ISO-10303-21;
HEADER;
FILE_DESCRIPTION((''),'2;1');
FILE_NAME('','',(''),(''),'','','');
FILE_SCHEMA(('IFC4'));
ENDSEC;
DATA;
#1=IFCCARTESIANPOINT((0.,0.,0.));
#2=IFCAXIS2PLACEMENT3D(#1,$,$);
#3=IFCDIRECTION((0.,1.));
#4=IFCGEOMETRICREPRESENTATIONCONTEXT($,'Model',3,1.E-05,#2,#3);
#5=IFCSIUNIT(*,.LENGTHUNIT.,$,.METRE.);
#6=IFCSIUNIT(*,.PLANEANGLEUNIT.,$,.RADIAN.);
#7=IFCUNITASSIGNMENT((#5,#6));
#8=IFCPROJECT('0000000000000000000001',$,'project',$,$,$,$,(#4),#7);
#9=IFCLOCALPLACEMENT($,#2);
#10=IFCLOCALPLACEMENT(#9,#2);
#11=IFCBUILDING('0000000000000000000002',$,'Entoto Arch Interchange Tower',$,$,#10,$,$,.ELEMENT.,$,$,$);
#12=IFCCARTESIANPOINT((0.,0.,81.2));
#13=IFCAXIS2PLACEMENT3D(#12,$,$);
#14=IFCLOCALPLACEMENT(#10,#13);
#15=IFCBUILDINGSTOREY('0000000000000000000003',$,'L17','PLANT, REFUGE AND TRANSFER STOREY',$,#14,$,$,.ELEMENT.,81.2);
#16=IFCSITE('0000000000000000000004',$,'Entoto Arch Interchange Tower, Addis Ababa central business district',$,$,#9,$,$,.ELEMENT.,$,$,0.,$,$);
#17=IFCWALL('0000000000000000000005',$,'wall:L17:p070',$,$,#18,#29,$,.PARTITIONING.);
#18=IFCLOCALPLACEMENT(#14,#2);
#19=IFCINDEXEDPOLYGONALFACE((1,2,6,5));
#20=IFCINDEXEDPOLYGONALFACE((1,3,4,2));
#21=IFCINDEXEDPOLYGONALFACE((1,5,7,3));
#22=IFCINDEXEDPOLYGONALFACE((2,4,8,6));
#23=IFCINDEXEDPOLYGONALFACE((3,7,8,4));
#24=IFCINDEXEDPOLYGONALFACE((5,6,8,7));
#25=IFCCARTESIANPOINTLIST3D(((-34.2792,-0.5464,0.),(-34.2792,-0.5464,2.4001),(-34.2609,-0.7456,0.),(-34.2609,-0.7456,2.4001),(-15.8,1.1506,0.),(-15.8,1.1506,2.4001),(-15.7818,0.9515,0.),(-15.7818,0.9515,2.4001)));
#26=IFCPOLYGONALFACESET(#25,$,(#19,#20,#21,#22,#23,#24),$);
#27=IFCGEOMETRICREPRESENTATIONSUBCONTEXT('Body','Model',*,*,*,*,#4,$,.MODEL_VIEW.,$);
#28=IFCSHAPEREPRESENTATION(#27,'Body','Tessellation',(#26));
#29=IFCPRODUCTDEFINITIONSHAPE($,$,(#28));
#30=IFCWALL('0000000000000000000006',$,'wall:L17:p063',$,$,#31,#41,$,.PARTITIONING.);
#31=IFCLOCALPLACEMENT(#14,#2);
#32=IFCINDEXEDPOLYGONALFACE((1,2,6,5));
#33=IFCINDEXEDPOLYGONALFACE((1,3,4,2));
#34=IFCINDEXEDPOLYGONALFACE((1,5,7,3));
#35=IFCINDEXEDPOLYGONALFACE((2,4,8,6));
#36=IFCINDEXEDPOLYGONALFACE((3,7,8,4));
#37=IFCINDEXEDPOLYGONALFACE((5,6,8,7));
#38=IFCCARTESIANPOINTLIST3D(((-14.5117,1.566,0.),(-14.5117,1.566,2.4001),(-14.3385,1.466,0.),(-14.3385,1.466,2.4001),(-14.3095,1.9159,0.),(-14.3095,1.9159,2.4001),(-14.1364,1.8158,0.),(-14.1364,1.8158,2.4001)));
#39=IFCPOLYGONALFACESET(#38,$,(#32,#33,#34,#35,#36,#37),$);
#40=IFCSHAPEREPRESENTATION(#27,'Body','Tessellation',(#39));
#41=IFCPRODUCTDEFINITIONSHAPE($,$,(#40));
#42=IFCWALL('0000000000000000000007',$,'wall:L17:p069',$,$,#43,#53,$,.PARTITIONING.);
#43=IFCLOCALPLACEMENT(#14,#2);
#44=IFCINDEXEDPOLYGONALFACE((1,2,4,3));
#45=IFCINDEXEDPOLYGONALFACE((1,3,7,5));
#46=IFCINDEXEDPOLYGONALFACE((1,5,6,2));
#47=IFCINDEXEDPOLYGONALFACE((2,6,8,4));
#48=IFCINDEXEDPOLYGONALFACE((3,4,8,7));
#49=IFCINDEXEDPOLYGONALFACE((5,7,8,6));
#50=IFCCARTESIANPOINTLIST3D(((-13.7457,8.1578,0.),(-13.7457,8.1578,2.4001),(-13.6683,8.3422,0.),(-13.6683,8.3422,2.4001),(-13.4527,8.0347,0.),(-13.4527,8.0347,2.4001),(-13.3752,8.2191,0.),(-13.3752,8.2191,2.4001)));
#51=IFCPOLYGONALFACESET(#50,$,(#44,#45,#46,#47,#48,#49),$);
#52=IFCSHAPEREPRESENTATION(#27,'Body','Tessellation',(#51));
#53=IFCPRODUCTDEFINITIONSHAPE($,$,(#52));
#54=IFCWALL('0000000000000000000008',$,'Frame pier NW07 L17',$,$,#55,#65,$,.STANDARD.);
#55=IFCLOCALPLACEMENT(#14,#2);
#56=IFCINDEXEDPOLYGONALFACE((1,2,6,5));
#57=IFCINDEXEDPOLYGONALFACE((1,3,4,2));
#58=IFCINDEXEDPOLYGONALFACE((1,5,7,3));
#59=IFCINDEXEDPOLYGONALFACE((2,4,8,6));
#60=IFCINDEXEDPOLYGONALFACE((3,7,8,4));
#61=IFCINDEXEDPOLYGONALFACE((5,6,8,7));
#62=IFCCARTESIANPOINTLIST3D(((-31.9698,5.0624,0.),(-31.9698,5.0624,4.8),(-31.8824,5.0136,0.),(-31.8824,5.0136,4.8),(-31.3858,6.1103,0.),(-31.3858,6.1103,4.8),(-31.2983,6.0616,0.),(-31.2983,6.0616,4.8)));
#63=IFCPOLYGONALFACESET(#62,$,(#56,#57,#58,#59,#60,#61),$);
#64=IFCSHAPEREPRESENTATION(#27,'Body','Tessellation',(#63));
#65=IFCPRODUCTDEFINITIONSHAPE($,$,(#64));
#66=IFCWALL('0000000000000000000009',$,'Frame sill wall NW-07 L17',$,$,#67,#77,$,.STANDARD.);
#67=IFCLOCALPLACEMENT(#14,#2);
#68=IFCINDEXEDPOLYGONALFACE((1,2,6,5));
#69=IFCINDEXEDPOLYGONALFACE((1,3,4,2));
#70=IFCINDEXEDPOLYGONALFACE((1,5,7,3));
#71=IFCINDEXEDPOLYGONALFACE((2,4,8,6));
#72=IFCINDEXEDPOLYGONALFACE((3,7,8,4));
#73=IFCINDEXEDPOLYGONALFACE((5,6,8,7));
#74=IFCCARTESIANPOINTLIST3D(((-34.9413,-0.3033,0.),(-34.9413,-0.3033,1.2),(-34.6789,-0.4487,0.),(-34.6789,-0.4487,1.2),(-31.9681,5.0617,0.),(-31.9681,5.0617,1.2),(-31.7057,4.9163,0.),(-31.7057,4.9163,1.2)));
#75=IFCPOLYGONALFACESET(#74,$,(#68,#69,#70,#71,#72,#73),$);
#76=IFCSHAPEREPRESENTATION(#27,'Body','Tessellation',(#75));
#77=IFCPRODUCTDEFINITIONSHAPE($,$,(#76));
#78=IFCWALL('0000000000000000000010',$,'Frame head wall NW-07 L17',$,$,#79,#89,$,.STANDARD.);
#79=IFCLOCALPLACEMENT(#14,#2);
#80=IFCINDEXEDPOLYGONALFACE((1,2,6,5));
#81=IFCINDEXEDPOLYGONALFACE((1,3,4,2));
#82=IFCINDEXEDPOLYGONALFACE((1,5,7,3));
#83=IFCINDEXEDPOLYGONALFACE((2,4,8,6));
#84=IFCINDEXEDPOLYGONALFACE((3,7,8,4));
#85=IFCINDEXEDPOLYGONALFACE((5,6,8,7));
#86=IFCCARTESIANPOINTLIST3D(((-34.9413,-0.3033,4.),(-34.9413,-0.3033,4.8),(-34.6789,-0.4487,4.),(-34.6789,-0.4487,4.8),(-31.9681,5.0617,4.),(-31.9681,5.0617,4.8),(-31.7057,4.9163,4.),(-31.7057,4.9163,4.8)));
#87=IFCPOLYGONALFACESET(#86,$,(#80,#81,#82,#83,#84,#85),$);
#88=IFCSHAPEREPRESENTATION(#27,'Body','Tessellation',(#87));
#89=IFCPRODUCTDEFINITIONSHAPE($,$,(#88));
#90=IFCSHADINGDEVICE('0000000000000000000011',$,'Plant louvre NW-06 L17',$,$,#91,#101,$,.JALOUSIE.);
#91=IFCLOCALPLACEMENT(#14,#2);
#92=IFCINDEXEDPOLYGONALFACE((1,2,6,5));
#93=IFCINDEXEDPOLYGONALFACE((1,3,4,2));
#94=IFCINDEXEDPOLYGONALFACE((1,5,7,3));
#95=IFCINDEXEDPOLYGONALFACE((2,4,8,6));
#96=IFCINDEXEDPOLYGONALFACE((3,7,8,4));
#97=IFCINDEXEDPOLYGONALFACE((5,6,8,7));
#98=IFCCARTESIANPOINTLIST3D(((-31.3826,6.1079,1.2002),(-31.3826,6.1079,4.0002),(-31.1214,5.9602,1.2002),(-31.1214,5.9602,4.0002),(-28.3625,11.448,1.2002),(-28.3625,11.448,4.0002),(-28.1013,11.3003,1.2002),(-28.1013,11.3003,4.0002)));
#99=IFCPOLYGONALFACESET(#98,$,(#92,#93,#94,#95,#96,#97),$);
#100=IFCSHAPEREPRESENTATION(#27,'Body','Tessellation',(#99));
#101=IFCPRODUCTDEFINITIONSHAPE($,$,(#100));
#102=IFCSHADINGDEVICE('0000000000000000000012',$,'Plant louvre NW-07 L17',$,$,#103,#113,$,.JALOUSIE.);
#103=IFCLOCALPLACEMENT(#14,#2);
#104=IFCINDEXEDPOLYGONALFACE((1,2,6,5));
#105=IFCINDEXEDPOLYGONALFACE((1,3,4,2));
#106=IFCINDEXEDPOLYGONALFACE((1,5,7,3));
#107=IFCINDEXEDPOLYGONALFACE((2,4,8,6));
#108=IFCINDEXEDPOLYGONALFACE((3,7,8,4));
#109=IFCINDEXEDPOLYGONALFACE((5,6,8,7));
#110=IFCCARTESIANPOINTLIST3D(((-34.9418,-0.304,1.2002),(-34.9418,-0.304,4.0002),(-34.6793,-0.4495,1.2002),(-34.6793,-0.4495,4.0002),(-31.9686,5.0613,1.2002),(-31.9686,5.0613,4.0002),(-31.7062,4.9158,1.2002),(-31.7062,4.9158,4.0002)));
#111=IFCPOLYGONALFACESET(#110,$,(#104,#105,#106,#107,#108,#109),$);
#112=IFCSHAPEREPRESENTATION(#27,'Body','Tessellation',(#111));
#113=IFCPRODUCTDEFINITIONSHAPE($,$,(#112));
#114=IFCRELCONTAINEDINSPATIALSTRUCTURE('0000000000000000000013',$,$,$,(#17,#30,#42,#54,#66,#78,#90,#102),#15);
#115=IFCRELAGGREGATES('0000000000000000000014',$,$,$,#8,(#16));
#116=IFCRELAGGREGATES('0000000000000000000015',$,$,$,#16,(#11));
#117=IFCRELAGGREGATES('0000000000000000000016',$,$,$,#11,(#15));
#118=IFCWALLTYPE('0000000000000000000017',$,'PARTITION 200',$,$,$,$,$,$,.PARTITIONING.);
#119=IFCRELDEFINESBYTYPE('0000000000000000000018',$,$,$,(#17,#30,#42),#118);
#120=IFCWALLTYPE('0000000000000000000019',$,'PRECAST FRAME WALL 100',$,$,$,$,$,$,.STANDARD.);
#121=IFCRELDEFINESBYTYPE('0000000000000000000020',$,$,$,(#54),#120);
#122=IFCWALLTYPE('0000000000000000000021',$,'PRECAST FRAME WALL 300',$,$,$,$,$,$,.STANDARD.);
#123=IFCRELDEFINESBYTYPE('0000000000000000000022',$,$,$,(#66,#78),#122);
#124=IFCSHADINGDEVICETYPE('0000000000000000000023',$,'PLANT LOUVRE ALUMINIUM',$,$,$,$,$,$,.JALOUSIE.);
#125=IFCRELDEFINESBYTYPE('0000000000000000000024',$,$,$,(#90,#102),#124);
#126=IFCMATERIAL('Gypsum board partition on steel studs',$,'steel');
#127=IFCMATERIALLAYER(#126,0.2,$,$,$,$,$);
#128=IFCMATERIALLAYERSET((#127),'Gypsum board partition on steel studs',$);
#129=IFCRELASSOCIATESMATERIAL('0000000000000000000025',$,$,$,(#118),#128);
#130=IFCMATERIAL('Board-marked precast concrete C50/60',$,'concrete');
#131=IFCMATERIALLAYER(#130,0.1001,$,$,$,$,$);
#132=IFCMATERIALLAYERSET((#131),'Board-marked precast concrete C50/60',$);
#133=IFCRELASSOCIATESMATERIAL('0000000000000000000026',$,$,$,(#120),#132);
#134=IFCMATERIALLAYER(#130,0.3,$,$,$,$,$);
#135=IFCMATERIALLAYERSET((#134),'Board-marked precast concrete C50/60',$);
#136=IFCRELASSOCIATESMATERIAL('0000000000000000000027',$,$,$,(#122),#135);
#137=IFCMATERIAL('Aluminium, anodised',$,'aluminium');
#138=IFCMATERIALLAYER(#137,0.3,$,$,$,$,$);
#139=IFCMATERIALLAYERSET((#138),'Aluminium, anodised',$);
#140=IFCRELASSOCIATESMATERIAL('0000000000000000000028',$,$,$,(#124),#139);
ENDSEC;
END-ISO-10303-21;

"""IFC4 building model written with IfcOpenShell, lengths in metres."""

from ifc_helpers import new_model, si_unit, direction, frame, frame_2d, origin, origin_2d, place, context, subcontext, project, spatial, rectangle, extrude, material, layer, layer_set, type_object, element, save


model = new_model("IFC4")

# Units and contexts
model_context = context("Model", 3, precision=1e-05, world=origin(), true_north=direction((0.0, 1.0)))
body_context = subcontext(model_context, "Body", "Model", "MODEL_VIEW")
ifc_project = project(units=[si_unit("LENGTHUNIT", "METRE"), si_unit("PLANEANGLEUNIT", "RADIAN")], contexts=[model_context])

# Site, building, storey
site_placement = place(None, origin())
site = spatial("IfcSite", under=ifc_project, at=site_placement, Name="Entoto Arch Interchange Tower, Addis Ababa central business district", CompositionType="ELEMENT", RefElevation=0.0)
building_placement = place(site_placement, origin())
building = spatial("IfcBuilding", under=site, at=building_placement, Name="Entoto Arch Interchange Tower", CompositionType="ELEMENT")
storey_placement = place(building_placement, frame((0.0, 0.0, 81.2)))
storey = spatial("IfcBuildingStorey", under=building, at=storey_placement, Name="L17", Description="PLANT, REFUGE AND TRANSFER STOREY", CompositionType="ELEMENT", Elevation=81.2)

# Shared definitions
ifc_material_1 = material(Name="Gypsum board partition on steel studs", Category="steel")
ifc_layer_1 = layer(ifc_material_1, 0.2)
ifc_layer_set_1 = layer_set([ifc_layer_1], Name="Gypsum board partition on steel studs")
wall_type_1 = type_object("IfcWallType", Name="PARTITION 200", PredefinedType="PARTITIONING", material=ifc_layer_set_1)

# Walls
wall_1_placement = place(storey_placement, frame((-15.791, 1.051, 0.0), z_axis=(0.0, 0.0, 1.0), x_axis=(-0.99581, -0.09145, 0.0)))
element("IfcWall", 1, at=wall_1_placement, inside=storey, type_object=wall_type_1, Name="wall:L17:p070", PredefinedType="PARTITIONING", context=body_context, shape_type="SweptSolid", body=[
    extrude(rectangle(XDim=18.5569, YDim=0.2, at=frame_2d((9.2783, 0.0))), origin(), (0.0, 0.0, 1.0), 2.4001),
])
wall_2_placement = place(storey_placement, frame((-14.2229, 1.866, 0.0), z_axis=(0.0, 0.0, 1.0), x_axis=(-0.500298, -0.865853, 0.0)))
element("IfcWall", 2, at=wall_2_placement, inside=storey, type_object=wall_type_1, Name="wall:L17:p063", PredefinedType="PARTITIONING", context=body_context, shape_type="SweptSolid", body=[
    extrude(rectangle(XDim=0.4041, YDim=0.2, at=frame_2d((0.2021, 0.0))), origin(), (0.0, 0.0, 1.0), 2.4001),
])
wall_3_placement = place(storey_placement, frame((-13.707, 8.25, 0.0), z_axis=(0.0, 0.0, 1.0), x_axis=(0.921982, -0.387232, 0.0)))
element("IfcWall", 3, at=wall_3_placement, inside=storey, type_object=wall_type_1, Name="wall:L17:p069", PredefinedType="PARTITIONING", context=body_context, shape_type="SweptSolid", body=[
    extrude(rectangle(XDim=0.3179, YDim=0.2, at=frame_2d((0.1589, 0.0))), origin(), (0.0, 0.0, 1.0), 2.4001),
])
ifc_material_2 = material(Name="Board-marked precast concrete C50/60", Category="concrete")
ifc_layer_2 = layer(ifc_material_2, 0.1001)
ifc_layer_set_2 = layer_set([ifc_layer_2], Name="Board-marked precast concrete C50/60")
wall_type_2 = type_object("IfcWallType", Name="PRECAST FRAME WALL 100", PredefinedType="STANDARD", material=ifc_layer_set_2)
wall_4_placement = place(storey_placement, frame((-31.342, 6.0859, 0.0), z_axis=(0.0, 0.0, 1.0), x_axis=(-0.486818, -0.873504, 0.0)))
element("IfcWall", 4, at=wall_4_placement, inside=storey, type_object=wall_type_2, Name="Frame pier NW07 L17", PredefinedType="STANDARD", context=body_context, shape_type="SweptSolid", body=[
    extrude(rectangle(XDim=1.1997, YDim=0.1001, at=frame_2d((0.5999, 0.0))), origin(), (0.0, 0.0, 1.0), 4.8),
])
ifc_layer_3 = layer(ifc_material_2, 0.3)
ifc_layer_set_3 = layer_set([ifc_layer_3], Name="Board-marked precast concrete C50/60")
wall_type_3 = type_object("IfcWallType", Name="PRECAST FRAME WALL 300", PredefinedType="STANDARD", material=ifc_layer_set_3)
wall_5_placement = place(storey_placement, frame((-31.8369, 4.989, 0.0), z_axis=(0.0, 0.0, 1.0), x_axis=(-0.48472, -0.874669, 0.0)))
element("IfcWall", 5, at=wall_5_placement, inside=storey, type_object=wall_type_3, Name="Frame sill wall NW-07 L17", PredefinedType="STANDARD", context=body_context, shape_type="SweptSolid", body=[
    extrude(rectangle(XDim=6.1338, YDim=0.3, at=frame_2d((3.0669, 0.0))), origin(), (0.0, 0.0, 1.0), 1.2),
])
wall_6_placement = place(storey_placement, frame((-31.8369, 4.989, 4.0), z_axis=(0.0, 0.0, 1.0), x_axis=(-0.48472, -0.874669, 0.0)))
element("IfcWall", 6, at=wall_6_placement, inside=storey, type_object=wall_type_3, Name="Frame head wall NW-07 L17", PredefinedType="STANDARD", context=body_context, shape_type="SweptSolid", body=[
    extrude(rectangle(XDim=6.1338, YDim=0.3, at=frame_2d((3.0669, 0.0))), origin(), (0.0, 0.0, 1.0), 0.8),
])

# Shading devices
ifc_material_3 = material(Name="Aluminium, anodised", Category="aluminium")
ifc_layer_4 = layer(ifc_material_3, 0.3)
ifc_layer_set_4 = layer_set([ifc_layer_4], Name="Aluminium, anodised")
shading_device_type = type_object("IfcShadingDeviceType", Name="PLANT LOUVRE ALUMINIUM", PredefinedType="JALOUSIE", material=ifc_layer_set_4)
shading_device_1_placement = place(storey_placement, frame((-29.7419, 8.7041, 1.2002), z_axis=(0.0, 0.0, 1.0), x_axis=(-0.492272, -0.870442, 0.0)))
element("IfcShadingDevice", 7, at=shading_device_1_placement, inside=storey, type_object=shading_device_type, Name="Plant louvre NW-06 L17", PredefinedType="JALOUSIE", context=body_context, shape_type="SweptSolid", body=[
    extrude(rectangle(XDim=6.135, YDim=0.3, at=origin_2d()), origin(), (0.0, 0.0, 1.0), 2.8),
])
shading_device_2_placement = place(storey_placement, frame((-33.324, 2.3059, 1.2002), z_axis=(0.0, 0.0, 1.0), x_axis=(-0.484703, -0.874679, 0.0)))
element("IfcShadingDevice", 8, at=shading_device_2_placement, inside=storey, type_object=shading_device_type, Name="Plant louvre NW-07 L17", PredefinedType="JALOUSIE", context=body_context, shape_type="SweptSolid", body=[
    extrude(rectangle(XDim=6.134, YDim=0.3, at=origin_2d()), origin(), (0.0, 0.0, 1.0), 2.8),
])

save(model, "model.ifc")
